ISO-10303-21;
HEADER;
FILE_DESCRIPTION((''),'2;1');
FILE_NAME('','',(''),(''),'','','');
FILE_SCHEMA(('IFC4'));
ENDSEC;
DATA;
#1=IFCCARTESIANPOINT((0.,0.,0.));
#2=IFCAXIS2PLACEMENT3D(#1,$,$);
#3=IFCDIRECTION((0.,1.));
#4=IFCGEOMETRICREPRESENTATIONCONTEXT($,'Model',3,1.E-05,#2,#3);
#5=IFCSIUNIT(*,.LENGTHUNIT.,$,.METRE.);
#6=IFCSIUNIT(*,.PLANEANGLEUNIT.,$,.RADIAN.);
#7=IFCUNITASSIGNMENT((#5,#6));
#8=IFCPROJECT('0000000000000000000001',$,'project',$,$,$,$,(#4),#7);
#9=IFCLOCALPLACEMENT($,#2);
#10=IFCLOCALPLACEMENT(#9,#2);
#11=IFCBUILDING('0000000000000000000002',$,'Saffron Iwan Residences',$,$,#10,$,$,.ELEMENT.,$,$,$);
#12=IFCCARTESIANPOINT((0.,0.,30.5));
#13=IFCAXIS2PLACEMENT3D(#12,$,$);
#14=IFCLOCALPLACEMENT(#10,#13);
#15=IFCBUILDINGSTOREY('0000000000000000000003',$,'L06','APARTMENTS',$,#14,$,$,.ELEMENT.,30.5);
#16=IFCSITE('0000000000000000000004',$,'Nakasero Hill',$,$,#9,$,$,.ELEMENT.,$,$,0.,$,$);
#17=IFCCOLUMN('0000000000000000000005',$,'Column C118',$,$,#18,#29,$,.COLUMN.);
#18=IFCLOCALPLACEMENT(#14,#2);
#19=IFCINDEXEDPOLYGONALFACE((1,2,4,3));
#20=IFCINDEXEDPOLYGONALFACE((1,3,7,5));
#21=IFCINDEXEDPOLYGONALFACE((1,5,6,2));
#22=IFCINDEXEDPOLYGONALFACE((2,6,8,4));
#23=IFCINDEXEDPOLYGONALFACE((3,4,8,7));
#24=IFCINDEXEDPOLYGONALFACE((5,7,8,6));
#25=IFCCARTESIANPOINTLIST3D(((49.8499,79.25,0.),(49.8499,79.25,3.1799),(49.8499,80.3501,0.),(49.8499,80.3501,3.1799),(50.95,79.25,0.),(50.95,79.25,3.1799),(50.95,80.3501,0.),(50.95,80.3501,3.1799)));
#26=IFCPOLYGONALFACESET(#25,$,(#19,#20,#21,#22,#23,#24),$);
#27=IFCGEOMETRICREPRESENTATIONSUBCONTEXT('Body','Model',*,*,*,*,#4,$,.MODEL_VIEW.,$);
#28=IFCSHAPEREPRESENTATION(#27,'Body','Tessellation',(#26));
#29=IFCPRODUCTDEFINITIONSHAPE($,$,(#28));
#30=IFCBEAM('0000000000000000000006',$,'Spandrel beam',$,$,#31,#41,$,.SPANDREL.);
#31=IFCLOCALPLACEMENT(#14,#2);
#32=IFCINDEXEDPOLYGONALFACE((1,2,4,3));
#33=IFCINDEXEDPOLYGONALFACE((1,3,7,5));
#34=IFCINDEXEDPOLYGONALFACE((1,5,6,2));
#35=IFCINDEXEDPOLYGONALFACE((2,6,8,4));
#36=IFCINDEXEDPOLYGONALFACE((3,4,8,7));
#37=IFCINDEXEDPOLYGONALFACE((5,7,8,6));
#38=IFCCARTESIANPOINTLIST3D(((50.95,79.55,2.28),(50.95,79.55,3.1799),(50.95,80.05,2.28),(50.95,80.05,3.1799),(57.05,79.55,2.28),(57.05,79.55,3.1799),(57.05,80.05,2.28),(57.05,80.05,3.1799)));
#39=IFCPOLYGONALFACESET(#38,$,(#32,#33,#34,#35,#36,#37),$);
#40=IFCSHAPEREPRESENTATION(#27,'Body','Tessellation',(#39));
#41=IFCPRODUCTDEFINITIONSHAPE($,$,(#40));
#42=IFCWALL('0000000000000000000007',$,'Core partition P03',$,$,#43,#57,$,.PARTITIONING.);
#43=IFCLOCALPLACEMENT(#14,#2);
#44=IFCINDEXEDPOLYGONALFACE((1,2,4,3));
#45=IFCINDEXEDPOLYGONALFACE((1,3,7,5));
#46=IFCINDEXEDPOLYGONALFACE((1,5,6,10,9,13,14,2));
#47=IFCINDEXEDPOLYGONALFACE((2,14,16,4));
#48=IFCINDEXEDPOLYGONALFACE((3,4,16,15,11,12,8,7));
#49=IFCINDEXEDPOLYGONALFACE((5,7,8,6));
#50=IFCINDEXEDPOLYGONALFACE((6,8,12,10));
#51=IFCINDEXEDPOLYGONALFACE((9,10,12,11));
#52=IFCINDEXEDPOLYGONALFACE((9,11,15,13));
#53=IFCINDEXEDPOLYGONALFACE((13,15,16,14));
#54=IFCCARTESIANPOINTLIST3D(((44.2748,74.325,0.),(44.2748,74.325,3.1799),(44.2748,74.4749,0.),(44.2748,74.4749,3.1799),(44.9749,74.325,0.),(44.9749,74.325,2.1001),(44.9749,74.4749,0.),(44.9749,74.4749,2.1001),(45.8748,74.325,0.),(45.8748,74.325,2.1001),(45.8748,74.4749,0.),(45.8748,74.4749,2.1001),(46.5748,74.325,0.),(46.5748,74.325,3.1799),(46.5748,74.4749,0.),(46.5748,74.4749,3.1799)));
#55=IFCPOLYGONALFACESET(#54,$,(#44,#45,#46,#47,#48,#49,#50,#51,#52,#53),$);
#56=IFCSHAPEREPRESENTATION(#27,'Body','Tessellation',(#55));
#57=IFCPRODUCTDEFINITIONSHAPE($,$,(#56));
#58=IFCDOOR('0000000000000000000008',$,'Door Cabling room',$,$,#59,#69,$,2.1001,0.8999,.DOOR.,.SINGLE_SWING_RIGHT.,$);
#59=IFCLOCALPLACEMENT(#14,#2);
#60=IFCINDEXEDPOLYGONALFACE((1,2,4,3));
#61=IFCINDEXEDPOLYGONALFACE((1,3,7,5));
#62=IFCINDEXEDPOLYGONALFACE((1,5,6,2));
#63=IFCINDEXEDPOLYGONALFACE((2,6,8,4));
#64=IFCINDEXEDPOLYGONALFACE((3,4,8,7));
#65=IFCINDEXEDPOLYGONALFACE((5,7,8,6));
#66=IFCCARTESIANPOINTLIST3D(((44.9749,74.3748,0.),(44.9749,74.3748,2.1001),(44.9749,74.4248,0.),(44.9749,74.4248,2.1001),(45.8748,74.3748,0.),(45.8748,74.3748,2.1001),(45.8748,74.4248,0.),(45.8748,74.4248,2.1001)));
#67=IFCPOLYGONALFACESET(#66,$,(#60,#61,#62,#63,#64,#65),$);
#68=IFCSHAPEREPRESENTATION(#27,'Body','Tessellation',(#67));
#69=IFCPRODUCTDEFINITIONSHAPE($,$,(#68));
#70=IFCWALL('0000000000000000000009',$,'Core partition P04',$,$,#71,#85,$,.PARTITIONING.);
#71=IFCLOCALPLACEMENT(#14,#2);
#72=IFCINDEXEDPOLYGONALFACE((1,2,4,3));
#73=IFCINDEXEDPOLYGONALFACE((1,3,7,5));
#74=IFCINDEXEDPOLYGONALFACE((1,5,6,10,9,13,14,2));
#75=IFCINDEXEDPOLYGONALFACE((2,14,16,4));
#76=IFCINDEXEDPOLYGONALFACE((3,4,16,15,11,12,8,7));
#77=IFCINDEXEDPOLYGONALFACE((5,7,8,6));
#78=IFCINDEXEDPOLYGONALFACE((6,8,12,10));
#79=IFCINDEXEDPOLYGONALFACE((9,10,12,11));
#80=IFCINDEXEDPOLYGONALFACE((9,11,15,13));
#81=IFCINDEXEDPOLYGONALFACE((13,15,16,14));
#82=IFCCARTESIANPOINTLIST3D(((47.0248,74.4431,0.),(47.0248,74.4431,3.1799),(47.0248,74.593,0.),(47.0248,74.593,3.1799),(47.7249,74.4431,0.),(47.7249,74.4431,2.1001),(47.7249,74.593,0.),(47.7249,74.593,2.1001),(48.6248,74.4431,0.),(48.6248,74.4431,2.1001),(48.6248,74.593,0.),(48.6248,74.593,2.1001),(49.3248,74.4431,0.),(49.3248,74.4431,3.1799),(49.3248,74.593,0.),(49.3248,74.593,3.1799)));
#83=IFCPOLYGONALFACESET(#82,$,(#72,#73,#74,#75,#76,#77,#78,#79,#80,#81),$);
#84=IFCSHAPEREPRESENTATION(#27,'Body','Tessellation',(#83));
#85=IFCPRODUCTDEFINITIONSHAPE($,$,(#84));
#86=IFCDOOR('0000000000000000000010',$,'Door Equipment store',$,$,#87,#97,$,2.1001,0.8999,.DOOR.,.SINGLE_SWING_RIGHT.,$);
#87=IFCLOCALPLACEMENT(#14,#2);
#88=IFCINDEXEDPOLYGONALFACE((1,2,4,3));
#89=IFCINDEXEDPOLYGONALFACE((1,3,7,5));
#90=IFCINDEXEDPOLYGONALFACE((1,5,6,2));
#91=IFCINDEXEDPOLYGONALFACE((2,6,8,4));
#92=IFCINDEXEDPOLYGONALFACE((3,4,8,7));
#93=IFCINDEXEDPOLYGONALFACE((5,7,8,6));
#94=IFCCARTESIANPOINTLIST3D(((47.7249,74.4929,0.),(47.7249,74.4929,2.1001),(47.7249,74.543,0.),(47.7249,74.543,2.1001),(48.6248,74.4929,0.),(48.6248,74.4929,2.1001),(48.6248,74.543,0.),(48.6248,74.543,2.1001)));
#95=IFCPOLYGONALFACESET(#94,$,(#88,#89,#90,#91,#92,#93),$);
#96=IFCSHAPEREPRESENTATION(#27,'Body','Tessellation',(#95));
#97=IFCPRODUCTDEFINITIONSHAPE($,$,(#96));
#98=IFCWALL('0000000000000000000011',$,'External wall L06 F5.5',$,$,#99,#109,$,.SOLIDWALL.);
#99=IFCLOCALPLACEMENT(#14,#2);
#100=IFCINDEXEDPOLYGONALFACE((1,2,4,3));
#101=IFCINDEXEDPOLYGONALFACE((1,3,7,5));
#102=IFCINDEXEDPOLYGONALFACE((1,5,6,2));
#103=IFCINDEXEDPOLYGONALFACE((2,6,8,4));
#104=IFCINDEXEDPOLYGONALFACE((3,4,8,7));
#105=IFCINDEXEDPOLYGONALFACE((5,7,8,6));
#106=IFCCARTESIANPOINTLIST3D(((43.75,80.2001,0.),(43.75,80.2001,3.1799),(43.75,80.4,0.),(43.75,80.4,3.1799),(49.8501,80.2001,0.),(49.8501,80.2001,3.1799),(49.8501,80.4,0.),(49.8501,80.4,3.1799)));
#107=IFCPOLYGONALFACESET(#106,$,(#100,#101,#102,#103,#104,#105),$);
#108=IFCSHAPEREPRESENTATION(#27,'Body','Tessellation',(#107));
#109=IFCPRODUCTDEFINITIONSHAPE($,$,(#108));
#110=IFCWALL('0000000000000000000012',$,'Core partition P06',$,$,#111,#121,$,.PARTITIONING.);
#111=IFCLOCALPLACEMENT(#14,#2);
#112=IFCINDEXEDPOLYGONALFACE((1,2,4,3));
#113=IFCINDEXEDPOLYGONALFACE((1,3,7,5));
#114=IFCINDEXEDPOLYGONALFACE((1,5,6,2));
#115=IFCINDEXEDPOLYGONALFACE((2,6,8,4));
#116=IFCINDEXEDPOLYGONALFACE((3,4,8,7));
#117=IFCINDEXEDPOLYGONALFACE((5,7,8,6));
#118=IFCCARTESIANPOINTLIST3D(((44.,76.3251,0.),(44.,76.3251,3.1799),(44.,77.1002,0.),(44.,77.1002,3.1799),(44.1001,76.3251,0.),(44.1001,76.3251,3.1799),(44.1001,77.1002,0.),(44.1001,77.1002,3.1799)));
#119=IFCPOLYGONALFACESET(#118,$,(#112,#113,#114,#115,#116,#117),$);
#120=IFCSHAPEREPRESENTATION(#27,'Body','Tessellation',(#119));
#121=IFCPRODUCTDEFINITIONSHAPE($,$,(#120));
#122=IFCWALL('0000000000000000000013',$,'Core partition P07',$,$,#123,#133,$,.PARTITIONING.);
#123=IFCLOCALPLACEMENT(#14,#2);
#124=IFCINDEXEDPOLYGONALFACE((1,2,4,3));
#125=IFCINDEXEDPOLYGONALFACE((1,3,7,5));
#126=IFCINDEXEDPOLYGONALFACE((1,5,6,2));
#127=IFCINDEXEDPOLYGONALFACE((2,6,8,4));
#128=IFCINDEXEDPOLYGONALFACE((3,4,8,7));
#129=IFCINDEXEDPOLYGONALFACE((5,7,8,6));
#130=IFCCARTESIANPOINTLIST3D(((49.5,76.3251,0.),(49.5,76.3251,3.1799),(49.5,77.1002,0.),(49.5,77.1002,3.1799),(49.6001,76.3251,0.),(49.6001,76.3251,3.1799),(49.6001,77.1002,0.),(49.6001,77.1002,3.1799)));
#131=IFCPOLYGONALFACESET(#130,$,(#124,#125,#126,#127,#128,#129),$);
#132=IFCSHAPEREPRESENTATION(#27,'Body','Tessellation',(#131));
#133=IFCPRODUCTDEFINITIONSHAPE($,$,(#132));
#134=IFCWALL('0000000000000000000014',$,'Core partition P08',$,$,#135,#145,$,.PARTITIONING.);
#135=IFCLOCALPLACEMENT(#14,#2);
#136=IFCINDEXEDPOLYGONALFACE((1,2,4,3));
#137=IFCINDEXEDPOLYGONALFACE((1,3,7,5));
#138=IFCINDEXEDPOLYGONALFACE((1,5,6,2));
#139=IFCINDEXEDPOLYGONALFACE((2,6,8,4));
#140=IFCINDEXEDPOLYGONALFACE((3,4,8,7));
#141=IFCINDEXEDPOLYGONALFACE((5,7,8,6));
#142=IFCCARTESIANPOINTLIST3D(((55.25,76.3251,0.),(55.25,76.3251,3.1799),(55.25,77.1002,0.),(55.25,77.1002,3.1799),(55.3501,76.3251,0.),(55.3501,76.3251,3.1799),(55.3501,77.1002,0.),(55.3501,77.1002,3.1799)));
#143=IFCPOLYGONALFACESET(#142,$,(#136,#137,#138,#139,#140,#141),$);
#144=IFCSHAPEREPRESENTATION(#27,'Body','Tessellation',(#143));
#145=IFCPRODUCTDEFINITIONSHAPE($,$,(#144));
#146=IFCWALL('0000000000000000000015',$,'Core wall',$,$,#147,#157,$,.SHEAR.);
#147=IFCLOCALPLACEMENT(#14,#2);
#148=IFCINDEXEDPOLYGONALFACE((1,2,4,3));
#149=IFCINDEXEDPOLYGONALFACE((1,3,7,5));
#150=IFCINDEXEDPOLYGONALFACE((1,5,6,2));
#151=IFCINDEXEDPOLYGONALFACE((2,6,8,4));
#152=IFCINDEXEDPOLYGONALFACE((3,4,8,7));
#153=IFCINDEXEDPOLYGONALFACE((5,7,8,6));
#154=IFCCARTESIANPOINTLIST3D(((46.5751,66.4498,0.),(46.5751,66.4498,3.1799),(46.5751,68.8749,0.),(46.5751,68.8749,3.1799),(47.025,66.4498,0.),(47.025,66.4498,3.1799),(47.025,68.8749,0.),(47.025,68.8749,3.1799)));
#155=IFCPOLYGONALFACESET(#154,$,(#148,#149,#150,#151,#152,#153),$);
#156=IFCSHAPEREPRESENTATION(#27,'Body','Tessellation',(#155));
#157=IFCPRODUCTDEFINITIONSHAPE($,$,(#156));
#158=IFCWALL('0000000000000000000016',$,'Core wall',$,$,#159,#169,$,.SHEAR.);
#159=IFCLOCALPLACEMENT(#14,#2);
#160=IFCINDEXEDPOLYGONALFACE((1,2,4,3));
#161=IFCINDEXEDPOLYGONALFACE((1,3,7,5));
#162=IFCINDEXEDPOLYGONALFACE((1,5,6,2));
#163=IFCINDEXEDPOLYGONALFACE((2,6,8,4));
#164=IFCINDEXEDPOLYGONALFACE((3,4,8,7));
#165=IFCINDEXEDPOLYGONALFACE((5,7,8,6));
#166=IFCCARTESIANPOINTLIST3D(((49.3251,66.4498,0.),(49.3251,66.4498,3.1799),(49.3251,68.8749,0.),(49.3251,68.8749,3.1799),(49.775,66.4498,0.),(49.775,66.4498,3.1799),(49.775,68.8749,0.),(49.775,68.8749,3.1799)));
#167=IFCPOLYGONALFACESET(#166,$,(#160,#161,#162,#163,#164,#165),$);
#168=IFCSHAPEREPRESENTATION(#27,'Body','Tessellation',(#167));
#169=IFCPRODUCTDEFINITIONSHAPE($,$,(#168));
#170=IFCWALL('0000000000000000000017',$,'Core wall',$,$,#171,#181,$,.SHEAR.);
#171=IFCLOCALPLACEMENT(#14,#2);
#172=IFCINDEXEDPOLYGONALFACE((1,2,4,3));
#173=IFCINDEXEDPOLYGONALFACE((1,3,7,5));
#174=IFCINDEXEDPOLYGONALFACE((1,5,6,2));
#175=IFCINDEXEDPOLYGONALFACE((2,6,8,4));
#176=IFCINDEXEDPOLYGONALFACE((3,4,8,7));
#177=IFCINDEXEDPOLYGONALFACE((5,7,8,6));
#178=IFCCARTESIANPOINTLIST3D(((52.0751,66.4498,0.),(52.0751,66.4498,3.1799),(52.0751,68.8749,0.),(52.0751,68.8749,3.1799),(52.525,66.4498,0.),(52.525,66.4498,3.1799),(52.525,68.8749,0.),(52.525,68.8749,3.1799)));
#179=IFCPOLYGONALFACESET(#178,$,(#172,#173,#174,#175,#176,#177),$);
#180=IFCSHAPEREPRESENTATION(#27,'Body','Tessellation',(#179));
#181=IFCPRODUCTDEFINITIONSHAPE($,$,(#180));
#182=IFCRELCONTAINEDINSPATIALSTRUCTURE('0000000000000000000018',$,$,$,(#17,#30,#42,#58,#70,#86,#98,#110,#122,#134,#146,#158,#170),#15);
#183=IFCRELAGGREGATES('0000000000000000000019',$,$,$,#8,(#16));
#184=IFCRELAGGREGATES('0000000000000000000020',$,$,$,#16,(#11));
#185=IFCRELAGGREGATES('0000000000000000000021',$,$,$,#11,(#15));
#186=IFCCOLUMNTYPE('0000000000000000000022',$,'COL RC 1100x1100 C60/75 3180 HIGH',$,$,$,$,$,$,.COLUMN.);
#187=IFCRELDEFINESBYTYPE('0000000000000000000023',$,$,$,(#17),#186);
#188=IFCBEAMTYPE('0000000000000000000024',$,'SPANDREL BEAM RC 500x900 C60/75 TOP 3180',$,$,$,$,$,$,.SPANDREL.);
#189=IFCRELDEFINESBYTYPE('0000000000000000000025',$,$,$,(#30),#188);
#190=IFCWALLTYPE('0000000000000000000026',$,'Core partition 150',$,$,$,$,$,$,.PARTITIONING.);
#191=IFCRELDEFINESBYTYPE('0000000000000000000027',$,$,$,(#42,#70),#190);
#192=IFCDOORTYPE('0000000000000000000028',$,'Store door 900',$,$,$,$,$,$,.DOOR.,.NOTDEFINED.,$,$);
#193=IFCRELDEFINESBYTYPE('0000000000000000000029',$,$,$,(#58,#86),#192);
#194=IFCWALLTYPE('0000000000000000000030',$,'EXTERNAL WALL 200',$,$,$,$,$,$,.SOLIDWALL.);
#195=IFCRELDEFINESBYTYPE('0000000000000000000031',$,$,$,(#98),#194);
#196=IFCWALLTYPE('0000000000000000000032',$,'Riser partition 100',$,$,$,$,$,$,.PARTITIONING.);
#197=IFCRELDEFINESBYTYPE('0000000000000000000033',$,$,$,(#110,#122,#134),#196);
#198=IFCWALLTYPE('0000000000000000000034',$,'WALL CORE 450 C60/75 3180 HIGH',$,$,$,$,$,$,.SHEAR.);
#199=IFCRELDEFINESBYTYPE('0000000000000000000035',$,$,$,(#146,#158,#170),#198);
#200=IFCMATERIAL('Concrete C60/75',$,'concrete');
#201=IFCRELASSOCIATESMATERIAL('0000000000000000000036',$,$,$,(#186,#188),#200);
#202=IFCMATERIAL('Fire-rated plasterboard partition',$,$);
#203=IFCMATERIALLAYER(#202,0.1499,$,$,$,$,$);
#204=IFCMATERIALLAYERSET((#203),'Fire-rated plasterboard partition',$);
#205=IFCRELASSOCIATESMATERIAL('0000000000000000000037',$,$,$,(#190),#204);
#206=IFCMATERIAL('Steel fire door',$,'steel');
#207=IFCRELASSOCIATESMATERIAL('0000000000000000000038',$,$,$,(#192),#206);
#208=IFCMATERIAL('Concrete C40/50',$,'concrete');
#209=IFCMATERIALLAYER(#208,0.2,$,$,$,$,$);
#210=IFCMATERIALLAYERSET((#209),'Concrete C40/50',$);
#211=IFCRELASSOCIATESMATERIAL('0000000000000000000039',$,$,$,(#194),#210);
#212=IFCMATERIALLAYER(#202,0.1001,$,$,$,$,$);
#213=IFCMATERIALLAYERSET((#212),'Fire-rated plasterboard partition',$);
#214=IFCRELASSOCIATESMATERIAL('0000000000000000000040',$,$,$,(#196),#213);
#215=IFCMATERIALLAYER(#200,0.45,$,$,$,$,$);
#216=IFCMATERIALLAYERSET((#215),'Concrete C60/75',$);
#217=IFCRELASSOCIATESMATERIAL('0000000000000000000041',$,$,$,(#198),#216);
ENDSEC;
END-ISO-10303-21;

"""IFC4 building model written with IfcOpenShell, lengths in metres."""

from ifc_helpers import new_model, si_unit, direction, frame, frame_2d, origin, origin_2d, place, context, subcontext, project, spatial, rectangle, extrude, source, transform, mapped, material, layer, layer_set, material_profile, profile_set, type_object, element, fill, save


model = new_model("IFC4")

# Units and contexts
model_context = context("Model", 3, precision=1e-05, world=origin(), true_north=direction((0.0, 1.0)))
body_context = subcontext(model_context, "Body", "Model", "MODEL_VIEW")
ifc_project = project(units=[si_unit("LENGTHUNIT", "METRE"), si_unit("PLANEANGLEUNIT", "RADIAN")], contexts=[model_context])

# Site, building, storey
site_placement = place(None, origin())
site = spatial("IfcSite", under=ifc_project, at=site_placement, Name="Nakasero Hill", CompositionType="ELEMENT", RefElevation=0.0)
building_placement = place(site_placement, origin())
building = spatial("IfcBuilding", under=site, at=building_placement, Name="Saffron Iwan Residences", CompositionType="ELEMENT")
storey_placement = place(building_placement, frame((0.0, 0.0, 30.5)))
storey = spatial("IfcBuildingStorey", under=building, at=storey_placement, Name="L06", Description="APARTMENTS", CompositionType="ELEMENT", Elevation=30.5)

# Column
ifc_material_1 = material(Name="Concrete C60/75", Category="concrete")
ifc_material_profile_1 = material_profile(ifc_material_1, rectangle(XDim=1.1001, YDim=1.1001, at=origin_2d()), Name="RC 1100x1100")
ifc_profile_set_1 = profile_set([ifc_material_profile_1], Name="Concrete C60/75")
column_type = type_object("IfcColumnType", Name="COL RC 1100x1100 C60/75 3180 HIGH", PredefinedType="COLUMN", material=ifc_profile_set_1)
shared_shape_1 = source(origin(), body_context, "Body", "SweptSolid", [
    extrude(rectangle(XDim=1.1001, YDim=1.1001, at=origin_2d()), origin(), (0.0, 0.0, 1.0), 3.1799),
])
column_placement = place(storey_placement, frame((50.3999, 79.8, 0.0), z_axis=(0.0, 0.0, 1.0), x_axis=(1.0, 0.0, 0.0)))
element("IfcColumn", 1, at=column_placement, inside=storey, type_object=column_type, Name="Column C118", PredefinedType="COLUMN", context=body_context, shape_type="MappedRepresentation", body=[
    mapped(shared_shape_1, transform((0.0, 0.0, 0.0))),
])

# Beam
ifc_material_profile_2 = material_profile(ifc_material_1, rectangle(XDim=0.5, YDim=0.8999, at=origin_2d()), Name="RC 500x900")
ifc_profile_set_2 = profile_set([ifc_material_profile_2], Name="Concrete C60/75")
beam_type = type_object("IfcBeamType", Name="SPANDREL BEAM RC 500x900 C60/75 TOP 3180", PredefinedType="SPANDREL", material=ifc_profile_set_2)
shared_shape_2 = source(origin(), body_context, "Body", "SweptSolid", [
    extrude(rectangle(XDim=0.5, YDim=0.8999, at=origin_2d()), origin(), (0.0, 0.0, 1.0), 6.1001),
])
beam_placement = place(storey_placement, frame((50.95, 79.8, 2.73), z_axis=(1.0, 0.0, 0.0), x_axis=(0.0, 1.0, 0.0)))
element("IfcBeam", 2, at=beam_placement, inside=storey, type_object=beam_type, Name="Spandrel beam", PredefinedType="SPANDREL", context=body_context, shape_type="MappedRepresentation", body=[
    mapped(shared_shape_2, transform((0.0, 0.0, 0.0))),
])

# Walls, openings, doors
ifc_material_2 = material(Name="Fire-rated plasterboard partition")
ifc_layer_1 = layer(ifc_material_2, 0.1499)
ifc_layer_set_1 = layer_set([ifc_layer_1], Name="Fire-rated plasterboard partition")
wall_type_1 = type_object("IfcWallType", Name="Core partition 150", PredefinedType="PARTITIONING", material=ifc_layer_set_1)
wall_1_placement = place(storey_placement, frame((44.2749, 74.3999, 0.0), z_axis=(0.0, 0.0, 1.0), x_axis=(1.0, 0.0, 0.0)))
wall_1 = element("IfcWall", 3, at=wall_1_placement, inside=storey, type_object=wall_type_1, Name="Core partition P03", PredefinedType="PARTITIONING", context=body_context, shape_type="SweptSolid", body=[
    extrude(rectangle(XDim=2.3, YDim=0.1499, at=frame_2d((1.1499, 0.0))), origin(), (0.0, 0.0, 1.0), 3.1799),
])
opening_1_placement = place(wall_1_placement, frame((0.7, 0.0, 0.0)))
opening_1 = element("IfcOpeningElement", 4, at=opening_1_placement, cuts=wall_1, PredefinedType="OPENING", context=body_context, shape_type="SweptSolid", body=[
    extrude(rectangle(XDim=0.8999, YDim=2.1001, at=frame_2d((0.45, 1.05))), frame((0.0, 0.085, 0.0), z_axis=(0.0, -1.0, 0.0), x_axis=(1.0, 0.0, 0.0)), (0.0, 0.0, 1.0), 0.1699),
])
ifc_material_3 = material(Name="Steel fire door", Category="steel")
door_type = type_object("IfcDoorType", Name="Store door 900", OperationType="NOTDEFINED", PredefinedType="DOOR", material=ifc_material_3)
door_1_placement = place(opening_1_placement, origin())
door_1 = element("IfcDoor", 5, at=door_1_placement, inside=storey, type_object=door_type, Name="Door Cabling room", OperationType="SINGLE_SWING_RIGHT", OverallHeight=2.1001, OverallWidth=0.8999, PredefinedType="DOOR", context=body_context, shape_type="SweptSolid", body=[
    extrude(rectangle(XDim=0.8999, YDim=2.1001, at=frame_2d((0.45, 1.05))), frame((0.0, 0.0249, 0.0), z_axis=(0.0, -1.0, 0.0), x_axis=(1.0, 0.0, 0.0)), (0.0, 0.0, 1.0), 0.05),
])
fill(opening_1, door_1)
wall_2_placement = place(storey_placement, frame((47.0249, 74.5181, 0.0), z_axis=(0.0, 0.0, 1.0), x_axis=(1.0, 0.0, 0.0)))
wall_2 = element("IfcWall", 6, at=wall_2_placement, inside=storey, type_object=wall_type_1, Name="Core partition P04", PredefinedType="PARTITIONING", context=body_context, shape_type="SweptSolid", body=[
    extrude(rectangle(XDim=2.3, YDim=0.1499, at=frame_2d((1.1499, 0.0))), origin(), (0.0, 0.0, 1.0), 3.1799),
])
opening_2_placement = place(wall_2_placement, frame((0.7, 0.0, 0.0)))
opening_2 = element("IfcOpeningElement", 7, at=opening_2_placement, cuts=wall_2, PredefinedType="OPENING", context=body_context, shape_type="SweptSolid", body=[
    extrude(rectangle(XDim=0.8999, YDim=2.1001, at=frame_2d((0.45, 1.05))), frame((0.0, 0.085, 0.0), z_axis=(0.0, -1.0, 0.0), x_axis=(1.0, 0.0, 0.0)), (0.0, 0.0, 1.0), 0.1699),
])
door_2_placement = place(opening_2_placement, origin())
door_2 = element("IfcDoor", 8, at=door_2_placement, inside=storey, type_object=door_type, Name="Door Equipment store", OperationType="SINGLE_SWING_RIGHT", OverallHeight=2.1001, OverallWidth=0.8999, PredefinedType="DOOR", context=body_context, shape_type="SweptSolid", body=[
    extrude(rectangle(XDim=0.8999, YDim=2.1001, at=frame_2d((0.45, 1.05))), frame((0.0, 0.0249, 0.0), z_axis=(0.0, -1.0, 0.0), x_axis=(1.0, 0.0, 0.0)), (0.0, 0.0, 1.0), 0.05),
])
fill(opening_2, door_2)

# Walls
ifc_material_4 = material(Name="Concrete C40/50", Category="concrete")
ifc_layer_2 = layer(ifc_material_4, 0.2)
ifc_layer_set_2 = layer_set([ifc_layer_2], Name="Concrete C40/50")
wall_type_2 = type_object("IfcWallType", Name="EXTERNAL WALL 200", PredefinedType="SOLIDWALL", material=ifc_layer_set_2)
wall_3_placement = place(storey_placement, frame((49.8501, 80.3, 0.0), z_axis=(0.0, 0.0, 1.0), x_axis=(-1.0, 0.0, 0.0)))
element("IfcWall", 9, at=wall_3_placement, inside=storey, type_object=wall_type_2, Name="External wall L06 F5.5", PredefinedType="SOLIDWALL", context=body_context, shape_type="SweptSolid", body=[
    extrude(rectangle(XDim=6.1001, YDim=0.2, at=frame_2d((3.05, 0.0))), origin(), (0.0, 0.0, 1.0), 3.1799),
])
ifc_layer_3 = layer(ifc_material_2, 0.1001)
ifc_layer_set_3 = layer_set([ifc_layer_3], Name="Fire-rated plasterboard partition")
wall_type_3 = type_object("IfcWallType", Name="Riser partition 100", PredefinedType="PARTITIONING", material=ifc_layer_set_3)
for number, where, z_axis, x_axis, name in (
    (10, (44.05, 76.325, 0.0), (0.0, 0.0, 1.0), (0.0, 1.0, 0.0), "Core partition P06"),
    (11, (49.55, 76.325, 0.0), (0.0, 0.0, 1.0), (0.0, 1.0, 0.0), "Core partition P07"),
    (12, (55.3, 76.325, 0.0), (0.0, 0.0, 1.0), (0.0, 1.0, 0.0), "Core partition P08"),
):
    element("IfcWall", number, at=place(storey_placement, frame(where, z_axis=z_axis, x_axis=x_axis)), inside=storey, type_object=wall_type_3, Name=name, PredefinedType="PARTITIONING", context=body_context, shape_type="SweptSolid", body=[
        extrude(rectangle(XDim=0.7751, YDim=0.1001, at=frame_2d((0.3877, 0.0))), origin(), (0.0, 0.0, 1.0), 3.1799),
    ])
ifc_layer_4 = layer(ifc_material_1, 0.45)
ifc_layer_set_4 = layer_set([ifc_layer_4], Name="Concrete C60/75")
wall_type_4 = type_object("IfcWallType", Name="WALL CORE 450 C60/75 3180 HIGH", PredefinedType="SHEAR", material=ifc_layer_set_4)
for number, where, z_axis, x_axis, name in (
    (13, (46.8, 66.45, 0.0), (0.0, 0.0, 1.0), (0.0, 1.0, 0.0), "Core wall"),
    (14, (49.55, 66.45, 0.0), (0.0, 0.0, 1.0), (0.0, 1.0, 0.0), "Core wall"),
    (15, (52.3, 66.45, 0.0), (0.0, 0.0, 1.0), (0.0, 1.0, 0.0), "Core wall"),
):
    element("IfcWall", number, at=place(storey_placement, frame(where, z_axis=z_axis, x_axis=x_axis)), inside=storey, type_object=wall_type_4, Name=name, PredefinedType="SHEAR", context=body_context, shape_type="SweptSolid", body=[
        extrude(rectangle(XDim=2.425, YDim=0.45, at=frame_2d((1.2124, 0.0))), origin(), (0.0, 0.0, 1.0), 3.1799),
    ])

save(model, "model.ifc")
